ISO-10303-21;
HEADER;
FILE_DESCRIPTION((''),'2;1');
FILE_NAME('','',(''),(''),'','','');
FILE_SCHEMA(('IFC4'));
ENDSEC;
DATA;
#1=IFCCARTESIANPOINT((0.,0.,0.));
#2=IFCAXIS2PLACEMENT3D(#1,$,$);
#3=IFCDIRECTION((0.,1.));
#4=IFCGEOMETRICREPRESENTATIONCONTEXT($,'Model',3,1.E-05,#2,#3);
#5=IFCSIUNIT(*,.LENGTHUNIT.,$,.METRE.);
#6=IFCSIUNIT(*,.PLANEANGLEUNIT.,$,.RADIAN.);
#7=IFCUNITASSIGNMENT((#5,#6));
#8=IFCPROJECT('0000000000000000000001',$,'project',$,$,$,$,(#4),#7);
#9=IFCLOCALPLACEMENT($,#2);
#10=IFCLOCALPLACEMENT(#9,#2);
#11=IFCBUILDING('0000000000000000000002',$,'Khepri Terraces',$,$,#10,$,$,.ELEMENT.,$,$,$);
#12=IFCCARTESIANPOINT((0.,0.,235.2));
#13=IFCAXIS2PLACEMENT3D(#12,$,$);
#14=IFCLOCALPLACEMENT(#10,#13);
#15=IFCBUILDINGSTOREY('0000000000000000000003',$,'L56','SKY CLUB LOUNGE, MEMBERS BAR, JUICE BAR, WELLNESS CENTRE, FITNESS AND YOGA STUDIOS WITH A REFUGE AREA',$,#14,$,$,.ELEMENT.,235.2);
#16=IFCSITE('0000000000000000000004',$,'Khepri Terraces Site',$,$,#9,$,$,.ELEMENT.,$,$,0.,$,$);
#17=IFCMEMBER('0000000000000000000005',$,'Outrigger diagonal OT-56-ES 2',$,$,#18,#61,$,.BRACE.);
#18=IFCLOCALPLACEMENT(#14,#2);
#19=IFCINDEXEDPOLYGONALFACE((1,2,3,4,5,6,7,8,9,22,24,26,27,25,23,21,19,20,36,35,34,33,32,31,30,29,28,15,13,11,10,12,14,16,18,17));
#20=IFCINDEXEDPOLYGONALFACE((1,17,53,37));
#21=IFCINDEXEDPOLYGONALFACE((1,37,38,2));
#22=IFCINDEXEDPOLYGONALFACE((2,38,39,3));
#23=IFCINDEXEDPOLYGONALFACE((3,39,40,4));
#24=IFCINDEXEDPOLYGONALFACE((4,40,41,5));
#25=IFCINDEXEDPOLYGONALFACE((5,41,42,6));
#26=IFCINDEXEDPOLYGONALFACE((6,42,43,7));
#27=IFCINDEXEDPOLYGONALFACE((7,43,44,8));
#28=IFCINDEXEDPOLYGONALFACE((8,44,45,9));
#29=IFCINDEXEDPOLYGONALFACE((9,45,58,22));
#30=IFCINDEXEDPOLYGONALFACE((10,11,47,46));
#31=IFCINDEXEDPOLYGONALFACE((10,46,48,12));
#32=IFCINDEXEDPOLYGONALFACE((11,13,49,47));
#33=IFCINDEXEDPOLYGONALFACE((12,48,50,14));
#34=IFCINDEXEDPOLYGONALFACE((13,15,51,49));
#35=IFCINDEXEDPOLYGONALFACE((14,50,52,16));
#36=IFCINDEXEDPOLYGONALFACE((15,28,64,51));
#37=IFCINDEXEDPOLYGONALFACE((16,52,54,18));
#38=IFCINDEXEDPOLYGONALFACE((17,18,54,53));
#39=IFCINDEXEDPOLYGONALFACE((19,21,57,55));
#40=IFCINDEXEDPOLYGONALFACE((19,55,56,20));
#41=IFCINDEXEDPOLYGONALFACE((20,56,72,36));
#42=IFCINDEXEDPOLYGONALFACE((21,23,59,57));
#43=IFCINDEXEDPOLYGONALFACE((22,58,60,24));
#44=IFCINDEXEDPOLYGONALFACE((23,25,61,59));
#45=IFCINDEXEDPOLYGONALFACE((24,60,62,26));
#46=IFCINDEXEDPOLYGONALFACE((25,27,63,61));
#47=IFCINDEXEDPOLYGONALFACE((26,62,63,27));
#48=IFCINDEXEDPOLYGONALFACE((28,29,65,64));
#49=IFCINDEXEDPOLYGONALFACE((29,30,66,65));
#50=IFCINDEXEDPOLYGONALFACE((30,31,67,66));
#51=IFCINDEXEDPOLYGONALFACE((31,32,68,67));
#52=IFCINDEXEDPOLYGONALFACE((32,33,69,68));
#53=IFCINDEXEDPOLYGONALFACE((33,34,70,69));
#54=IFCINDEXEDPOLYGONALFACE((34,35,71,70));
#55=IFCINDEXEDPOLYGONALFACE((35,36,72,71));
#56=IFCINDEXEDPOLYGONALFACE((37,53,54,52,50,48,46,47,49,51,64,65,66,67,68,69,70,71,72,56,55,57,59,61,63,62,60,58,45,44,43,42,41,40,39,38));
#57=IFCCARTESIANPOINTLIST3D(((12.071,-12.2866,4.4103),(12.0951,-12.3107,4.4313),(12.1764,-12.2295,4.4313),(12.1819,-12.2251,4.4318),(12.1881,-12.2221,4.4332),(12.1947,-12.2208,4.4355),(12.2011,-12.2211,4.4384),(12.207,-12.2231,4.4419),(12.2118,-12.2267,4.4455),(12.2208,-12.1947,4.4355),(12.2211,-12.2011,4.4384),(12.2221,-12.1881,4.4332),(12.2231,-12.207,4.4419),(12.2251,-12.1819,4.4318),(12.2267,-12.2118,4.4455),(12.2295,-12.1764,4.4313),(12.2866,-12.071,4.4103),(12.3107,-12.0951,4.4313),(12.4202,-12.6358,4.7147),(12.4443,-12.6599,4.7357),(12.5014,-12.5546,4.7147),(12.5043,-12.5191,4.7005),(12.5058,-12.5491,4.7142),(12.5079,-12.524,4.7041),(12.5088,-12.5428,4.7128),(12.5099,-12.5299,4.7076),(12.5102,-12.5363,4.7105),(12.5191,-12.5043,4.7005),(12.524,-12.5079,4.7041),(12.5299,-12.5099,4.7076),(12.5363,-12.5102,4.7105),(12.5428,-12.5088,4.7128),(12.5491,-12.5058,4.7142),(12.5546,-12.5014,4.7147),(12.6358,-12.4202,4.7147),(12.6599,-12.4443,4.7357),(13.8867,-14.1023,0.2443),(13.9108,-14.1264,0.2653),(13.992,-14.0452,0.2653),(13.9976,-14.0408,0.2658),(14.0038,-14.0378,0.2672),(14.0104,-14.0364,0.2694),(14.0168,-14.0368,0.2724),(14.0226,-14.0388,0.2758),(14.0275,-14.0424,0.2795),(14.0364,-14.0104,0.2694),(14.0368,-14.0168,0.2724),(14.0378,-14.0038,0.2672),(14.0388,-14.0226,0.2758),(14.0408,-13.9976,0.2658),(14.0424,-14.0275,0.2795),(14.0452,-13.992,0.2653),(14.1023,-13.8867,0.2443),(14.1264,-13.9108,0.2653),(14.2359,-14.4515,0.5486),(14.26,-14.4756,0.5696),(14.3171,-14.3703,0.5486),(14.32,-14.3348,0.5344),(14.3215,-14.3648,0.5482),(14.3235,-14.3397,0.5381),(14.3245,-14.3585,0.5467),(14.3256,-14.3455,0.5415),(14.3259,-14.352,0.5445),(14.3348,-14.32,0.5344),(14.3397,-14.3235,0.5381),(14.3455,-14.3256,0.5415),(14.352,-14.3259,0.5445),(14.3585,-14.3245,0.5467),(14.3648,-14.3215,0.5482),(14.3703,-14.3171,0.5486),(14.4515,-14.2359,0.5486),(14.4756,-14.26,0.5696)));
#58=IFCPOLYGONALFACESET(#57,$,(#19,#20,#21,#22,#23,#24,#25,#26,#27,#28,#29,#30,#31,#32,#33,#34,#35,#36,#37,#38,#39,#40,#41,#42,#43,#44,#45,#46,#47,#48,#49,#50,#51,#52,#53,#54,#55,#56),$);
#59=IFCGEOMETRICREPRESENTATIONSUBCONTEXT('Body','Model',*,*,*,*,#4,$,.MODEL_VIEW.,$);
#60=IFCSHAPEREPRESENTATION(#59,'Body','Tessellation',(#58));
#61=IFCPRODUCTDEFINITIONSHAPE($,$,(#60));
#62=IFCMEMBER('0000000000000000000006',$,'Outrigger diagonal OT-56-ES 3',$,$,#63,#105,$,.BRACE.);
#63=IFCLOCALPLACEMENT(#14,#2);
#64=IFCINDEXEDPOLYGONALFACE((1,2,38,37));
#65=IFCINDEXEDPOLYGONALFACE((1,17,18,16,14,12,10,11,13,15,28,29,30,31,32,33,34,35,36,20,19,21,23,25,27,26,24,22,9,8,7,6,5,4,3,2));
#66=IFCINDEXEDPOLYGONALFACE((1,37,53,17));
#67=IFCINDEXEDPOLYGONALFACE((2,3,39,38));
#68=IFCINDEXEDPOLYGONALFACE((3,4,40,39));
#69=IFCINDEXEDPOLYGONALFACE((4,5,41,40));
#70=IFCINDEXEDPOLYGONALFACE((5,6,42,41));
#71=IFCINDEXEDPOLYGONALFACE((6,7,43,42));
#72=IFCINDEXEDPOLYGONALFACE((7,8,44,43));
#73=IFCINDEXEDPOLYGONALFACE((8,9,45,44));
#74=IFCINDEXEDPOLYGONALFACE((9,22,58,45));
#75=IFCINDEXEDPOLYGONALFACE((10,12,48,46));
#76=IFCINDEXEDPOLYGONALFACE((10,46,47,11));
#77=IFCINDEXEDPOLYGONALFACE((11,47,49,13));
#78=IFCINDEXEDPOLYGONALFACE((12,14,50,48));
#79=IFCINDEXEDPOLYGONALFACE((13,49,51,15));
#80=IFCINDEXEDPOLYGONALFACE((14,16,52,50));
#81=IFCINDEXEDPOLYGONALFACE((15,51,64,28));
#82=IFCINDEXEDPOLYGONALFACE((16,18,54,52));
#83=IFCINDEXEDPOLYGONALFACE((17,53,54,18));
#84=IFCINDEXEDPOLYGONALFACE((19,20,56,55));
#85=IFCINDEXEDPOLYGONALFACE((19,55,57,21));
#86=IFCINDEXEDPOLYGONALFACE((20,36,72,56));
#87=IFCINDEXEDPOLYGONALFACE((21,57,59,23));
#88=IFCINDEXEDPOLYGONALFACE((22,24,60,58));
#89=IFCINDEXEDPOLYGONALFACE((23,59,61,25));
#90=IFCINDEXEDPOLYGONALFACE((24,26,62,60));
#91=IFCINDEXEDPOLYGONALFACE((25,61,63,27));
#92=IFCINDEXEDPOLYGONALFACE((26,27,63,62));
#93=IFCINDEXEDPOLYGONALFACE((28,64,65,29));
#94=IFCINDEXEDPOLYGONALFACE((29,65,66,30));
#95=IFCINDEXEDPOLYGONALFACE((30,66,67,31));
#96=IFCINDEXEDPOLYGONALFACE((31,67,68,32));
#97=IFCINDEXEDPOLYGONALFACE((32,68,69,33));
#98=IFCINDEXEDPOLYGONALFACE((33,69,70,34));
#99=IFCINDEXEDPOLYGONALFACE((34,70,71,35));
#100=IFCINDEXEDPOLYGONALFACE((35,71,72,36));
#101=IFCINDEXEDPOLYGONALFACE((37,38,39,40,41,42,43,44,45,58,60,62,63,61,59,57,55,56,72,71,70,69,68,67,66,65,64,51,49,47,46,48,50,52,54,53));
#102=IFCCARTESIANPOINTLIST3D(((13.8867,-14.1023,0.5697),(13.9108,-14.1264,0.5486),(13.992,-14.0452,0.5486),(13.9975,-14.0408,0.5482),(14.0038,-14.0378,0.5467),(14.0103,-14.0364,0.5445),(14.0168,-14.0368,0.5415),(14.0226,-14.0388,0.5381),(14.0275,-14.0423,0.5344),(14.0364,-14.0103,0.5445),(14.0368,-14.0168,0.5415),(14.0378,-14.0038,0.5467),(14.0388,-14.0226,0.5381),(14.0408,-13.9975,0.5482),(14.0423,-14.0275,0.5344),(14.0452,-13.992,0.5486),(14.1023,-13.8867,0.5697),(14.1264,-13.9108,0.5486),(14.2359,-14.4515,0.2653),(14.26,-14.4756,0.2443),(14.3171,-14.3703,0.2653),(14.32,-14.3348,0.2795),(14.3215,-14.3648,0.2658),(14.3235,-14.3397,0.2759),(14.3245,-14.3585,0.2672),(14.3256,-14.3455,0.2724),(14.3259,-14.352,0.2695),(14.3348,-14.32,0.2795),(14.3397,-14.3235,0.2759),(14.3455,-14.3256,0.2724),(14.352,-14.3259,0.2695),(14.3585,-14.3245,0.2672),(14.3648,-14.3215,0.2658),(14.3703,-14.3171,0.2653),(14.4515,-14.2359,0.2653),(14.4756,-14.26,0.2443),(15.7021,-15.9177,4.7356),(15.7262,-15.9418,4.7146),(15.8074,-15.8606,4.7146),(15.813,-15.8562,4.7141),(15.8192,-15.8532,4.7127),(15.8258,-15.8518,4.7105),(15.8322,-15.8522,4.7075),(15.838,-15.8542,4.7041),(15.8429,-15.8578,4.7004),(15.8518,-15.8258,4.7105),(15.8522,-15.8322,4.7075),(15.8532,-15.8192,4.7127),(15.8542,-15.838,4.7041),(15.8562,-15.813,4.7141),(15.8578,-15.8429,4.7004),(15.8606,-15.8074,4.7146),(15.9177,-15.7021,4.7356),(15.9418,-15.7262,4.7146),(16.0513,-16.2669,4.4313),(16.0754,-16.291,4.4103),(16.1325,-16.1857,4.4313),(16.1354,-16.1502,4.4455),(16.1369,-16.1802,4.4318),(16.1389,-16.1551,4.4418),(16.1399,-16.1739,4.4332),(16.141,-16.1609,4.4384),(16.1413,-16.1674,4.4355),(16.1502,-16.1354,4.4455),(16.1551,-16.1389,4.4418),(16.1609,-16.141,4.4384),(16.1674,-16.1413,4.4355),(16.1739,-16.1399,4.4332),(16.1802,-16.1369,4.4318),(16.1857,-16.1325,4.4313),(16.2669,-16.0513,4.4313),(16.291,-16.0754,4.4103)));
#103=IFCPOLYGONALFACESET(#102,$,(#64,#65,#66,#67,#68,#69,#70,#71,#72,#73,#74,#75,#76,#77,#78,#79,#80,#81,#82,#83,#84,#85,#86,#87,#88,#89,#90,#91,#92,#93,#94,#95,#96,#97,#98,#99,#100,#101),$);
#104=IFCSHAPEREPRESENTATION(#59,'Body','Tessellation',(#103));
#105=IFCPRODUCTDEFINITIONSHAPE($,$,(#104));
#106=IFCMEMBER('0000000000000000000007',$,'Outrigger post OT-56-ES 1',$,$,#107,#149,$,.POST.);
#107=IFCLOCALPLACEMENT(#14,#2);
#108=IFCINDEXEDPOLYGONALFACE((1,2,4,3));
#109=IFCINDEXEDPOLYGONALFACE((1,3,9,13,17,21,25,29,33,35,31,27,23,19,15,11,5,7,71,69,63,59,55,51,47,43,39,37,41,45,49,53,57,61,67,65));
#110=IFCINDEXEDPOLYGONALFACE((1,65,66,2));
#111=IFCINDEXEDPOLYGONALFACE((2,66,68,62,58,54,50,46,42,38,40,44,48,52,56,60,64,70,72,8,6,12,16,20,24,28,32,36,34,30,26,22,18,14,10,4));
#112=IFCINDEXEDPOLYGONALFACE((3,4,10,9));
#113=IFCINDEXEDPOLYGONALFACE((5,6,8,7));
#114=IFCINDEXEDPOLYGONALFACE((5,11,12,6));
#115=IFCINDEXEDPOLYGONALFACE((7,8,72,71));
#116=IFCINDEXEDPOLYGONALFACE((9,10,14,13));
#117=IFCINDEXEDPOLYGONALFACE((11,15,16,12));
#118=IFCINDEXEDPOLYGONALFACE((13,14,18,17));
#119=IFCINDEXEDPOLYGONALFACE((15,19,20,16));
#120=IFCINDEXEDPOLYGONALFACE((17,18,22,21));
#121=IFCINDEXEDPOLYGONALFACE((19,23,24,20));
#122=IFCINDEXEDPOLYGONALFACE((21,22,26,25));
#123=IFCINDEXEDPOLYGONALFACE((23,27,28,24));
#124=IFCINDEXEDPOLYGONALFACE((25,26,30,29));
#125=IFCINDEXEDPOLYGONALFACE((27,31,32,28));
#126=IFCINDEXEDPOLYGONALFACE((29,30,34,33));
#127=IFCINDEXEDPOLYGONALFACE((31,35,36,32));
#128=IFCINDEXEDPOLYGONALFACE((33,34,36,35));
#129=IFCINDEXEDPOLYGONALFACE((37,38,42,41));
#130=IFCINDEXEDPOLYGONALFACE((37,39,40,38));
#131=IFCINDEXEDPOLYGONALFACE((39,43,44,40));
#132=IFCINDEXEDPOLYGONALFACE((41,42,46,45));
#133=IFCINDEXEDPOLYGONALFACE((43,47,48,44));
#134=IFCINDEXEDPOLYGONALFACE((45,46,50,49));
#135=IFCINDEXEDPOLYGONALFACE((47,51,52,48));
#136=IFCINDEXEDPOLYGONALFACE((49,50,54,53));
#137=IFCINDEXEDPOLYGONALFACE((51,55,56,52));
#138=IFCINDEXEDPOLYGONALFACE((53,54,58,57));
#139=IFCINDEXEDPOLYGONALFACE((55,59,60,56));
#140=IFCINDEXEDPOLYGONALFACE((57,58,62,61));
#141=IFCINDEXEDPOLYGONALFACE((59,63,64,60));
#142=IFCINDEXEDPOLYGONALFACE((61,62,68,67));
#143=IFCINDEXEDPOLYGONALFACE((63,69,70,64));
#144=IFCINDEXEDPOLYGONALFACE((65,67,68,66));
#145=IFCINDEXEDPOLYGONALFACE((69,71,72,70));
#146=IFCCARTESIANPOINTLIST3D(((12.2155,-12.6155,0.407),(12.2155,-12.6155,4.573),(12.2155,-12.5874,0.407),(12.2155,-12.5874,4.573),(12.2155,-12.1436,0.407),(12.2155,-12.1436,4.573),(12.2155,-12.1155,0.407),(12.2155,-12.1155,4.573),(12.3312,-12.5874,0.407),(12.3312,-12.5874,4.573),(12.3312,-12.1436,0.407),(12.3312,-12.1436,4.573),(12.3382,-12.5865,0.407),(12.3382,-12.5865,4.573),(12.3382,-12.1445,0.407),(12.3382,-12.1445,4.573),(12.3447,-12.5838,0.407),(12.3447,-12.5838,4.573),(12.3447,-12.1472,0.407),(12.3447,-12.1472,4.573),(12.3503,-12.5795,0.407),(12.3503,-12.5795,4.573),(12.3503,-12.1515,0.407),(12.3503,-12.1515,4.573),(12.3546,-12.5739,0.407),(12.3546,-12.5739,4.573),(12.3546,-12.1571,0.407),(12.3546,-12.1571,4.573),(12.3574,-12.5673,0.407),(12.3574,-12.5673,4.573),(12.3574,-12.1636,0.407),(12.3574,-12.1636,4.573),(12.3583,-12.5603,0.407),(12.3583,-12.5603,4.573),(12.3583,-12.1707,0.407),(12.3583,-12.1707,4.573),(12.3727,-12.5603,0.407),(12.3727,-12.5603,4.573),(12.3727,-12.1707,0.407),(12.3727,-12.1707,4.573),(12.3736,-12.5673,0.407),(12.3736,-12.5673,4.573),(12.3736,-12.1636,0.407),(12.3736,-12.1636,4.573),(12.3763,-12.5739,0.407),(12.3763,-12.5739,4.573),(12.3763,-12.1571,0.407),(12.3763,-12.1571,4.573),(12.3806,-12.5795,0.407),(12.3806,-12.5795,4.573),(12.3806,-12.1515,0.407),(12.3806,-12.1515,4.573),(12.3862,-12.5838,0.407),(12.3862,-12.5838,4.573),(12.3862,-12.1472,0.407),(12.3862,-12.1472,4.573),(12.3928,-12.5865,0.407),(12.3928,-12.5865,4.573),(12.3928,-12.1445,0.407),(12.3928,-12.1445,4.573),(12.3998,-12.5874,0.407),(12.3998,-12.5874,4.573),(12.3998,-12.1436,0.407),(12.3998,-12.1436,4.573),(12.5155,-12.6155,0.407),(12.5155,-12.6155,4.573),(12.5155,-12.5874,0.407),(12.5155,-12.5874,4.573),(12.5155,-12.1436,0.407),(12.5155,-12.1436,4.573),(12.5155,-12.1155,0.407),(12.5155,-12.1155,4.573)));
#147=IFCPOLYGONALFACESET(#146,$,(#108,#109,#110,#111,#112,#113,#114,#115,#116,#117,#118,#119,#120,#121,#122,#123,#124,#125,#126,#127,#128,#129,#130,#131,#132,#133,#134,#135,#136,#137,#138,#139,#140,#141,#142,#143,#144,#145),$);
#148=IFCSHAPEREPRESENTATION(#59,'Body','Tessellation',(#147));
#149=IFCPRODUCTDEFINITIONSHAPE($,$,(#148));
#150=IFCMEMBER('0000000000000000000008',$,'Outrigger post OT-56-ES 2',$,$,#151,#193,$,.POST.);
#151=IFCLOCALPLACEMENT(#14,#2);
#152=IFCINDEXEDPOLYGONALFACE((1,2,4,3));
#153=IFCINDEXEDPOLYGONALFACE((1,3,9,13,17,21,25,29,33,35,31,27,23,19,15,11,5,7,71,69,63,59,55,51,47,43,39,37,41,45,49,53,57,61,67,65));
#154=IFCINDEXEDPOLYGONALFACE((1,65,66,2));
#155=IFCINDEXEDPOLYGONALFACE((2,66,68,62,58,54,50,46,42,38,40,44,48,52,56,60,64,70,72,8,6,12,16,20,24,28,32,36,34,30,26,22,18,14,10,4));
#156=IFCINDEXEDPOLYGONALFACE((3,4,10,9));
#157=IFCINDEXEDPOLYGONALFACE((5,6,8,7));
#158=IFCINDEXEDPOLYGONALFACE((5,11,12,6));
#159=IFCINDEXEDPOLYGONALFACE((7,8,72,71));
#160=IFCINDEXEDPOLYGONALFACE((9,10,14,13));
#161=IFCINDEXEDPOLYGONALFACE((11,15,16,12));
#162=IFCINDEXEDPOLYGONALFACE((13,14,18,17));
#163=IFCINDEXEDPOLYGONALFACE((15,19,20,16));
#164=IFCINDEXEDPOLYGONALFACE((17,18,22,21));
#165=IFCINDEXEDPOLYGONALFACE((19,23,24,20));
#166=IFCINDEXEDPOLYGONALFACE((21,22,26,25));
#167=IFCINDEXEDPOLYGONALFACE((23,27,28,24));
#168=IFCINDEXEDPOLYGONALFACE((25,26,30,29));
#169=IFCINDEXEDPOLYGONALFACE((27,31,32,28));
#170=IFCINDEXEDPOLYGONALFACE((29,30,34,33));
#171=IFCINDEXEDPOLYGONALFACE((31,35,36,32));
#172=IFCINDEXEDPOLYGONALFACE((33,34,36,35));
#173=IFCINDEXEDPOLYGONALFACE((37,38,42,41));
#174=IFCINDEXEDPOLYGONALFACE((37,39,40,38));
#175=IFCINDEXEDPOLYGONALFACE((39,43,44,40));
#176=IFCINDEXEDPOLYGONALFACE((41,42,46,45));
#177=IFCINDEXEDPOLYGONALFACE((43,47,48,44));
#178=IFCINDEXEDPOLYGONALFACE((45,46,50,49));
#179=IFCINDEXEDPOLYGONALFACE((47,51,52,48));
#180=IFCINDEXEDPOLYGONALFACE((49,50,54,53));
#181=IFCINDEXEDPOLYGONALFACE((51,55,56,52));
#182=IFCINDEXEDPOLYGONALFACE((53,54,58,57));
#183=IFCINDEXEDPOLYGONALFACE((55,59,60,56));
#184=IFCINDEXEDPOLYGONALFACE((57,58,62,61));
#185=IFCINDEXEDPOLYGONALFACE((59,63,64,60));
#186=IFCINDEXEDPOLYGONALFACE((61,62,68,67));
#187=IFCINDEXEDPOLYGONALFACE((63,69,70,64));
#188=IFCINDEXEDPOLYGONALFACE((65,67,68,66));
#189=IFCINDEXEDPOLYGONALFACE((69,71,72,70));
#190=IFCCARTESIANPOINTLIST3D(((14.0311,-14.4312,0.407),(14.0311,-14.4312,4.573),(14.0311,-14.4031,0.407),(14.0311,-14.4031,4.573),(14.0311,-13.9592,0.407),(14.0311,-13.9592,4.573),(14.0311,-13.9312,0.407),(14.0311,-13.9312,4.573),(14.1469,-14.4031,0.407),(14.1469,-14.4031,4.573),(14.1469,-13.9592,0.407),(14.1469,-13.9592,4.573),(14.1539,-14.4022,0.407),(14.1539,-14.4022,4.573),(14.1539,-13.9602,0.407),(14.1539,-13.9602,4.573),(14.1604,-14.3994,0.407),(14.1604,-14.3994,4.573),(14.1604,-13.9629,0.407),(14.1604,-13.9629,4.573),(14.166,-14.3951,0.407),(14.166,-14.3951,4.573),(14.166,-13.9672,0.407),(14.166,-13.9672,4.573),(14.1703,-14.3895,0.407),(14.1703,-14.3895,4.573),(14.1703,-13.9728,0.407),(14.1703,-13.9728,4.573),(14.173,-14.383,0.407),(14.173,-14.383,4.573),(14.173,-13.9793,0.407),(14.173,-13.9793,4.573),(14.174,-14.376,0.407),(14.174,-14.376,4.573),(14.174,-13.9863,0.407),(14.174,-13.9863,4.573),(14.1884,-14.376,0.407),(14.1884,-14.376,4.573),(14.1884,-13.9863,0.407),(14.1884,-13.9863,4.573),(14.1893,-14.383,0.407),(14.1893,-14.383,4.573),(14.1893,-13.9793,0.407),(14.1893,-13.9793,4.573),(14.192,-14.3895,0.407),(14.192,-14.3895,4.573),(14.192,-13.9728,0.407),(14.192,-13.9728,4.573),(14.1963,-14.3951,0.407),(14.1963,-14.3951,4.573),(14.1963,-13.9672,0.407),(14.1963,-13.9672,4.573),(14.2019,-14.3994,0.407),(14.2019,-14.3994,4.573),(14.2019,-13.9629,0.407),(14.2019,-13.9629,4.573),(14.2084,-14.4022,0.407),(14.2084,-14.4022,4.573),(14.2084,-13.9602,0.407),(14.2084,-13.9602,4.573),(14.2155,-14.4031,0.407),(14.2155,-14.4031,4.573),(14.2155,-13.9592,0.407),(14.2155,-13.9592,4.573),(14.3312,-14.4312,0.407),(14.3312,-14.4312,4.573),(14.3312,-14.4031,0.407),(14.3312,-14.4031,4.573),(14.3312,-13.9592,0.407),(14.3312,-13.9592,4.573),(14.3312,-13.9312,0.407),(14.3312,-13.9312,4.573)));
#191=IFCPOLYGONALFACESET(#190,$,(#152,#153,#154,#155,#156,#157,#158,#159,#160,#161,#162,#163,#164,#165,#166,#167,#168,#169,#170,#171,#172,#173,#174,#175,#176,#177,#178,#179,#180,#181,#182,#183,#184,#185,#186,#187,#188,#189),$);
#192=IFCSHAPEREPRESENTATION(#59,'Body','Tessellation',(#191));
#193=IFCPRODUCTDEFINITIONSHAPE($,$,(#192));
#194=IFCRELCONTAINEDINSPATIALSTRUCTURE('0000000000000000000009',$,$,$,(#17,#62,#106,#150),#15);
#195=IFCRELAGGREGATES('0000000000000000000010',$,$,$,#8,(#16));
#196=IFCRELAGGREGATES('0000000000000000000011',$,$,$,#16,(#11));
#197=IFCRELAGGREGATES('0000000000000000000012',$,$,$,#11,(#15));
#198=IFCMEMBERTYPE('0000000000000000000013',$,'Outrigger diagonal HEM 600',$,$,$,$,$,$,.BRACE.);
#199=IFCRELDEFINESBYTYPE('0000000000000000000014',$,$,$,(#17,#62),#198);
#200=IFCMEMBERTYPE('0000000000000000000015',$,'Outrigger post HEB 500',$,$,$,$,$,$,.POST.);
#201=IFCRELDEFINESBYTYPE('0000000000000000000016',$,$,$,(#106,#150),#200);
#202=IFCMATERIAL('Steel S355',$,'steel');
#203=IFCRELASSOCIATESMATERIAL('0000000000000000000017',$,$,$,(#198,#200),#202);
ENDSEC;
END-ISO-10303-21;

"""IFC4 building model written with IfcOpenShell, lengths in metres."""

from ifc_helpers import new_model, si_unit, direction, frame, origin, origin_2d, place, context, subcontext, project, spatial, i_section, extrude, material, material_profile, profile_set, type_object, element, save


model = new_model("IFC4")

# Units and contexts
model_context = context("Model", 3, precision=1e-05, world=origin(), true_north=direction((0.0, 1.0)))
body_context = subcontext(model_context, "Body", "Model", "MODEL_VIEW")
ifc_project = project(units=[si_unit("LENGTHUNIT", "METRE"), si_unit("PLANEANGLEUNIT", "RADIAN")], contexts=[model_context])

# Site, building, storey
site_placement = place(None, origin())
site = spatial("IfcSite", under=ifc_project, at=site_placement, Name="Khepri Terraces Site", CompositionType="ELEMENT", RefElevation=0.0)
building_placement = place(site_placement, origin())
building = spatial("IfcBuilding", under=site, at=building_placement, Name="Khepri Terraces", CompositionType="ELEMENT")
storey_placement = place(building_placement, frame((0.0, 0.0, 235.2)))
storey = spatial("IfcBuildingStorey", under=building, at=storey_placement, Name="L56", Description="SKY CLUB LOUNGE, MEMBERS BAR, JUICE BAR, WELLNESS CENTRE, FITNESS AND YOGA STUDIOS WITH A REFUGE AREA", CompositionType="ELEMENT", Elevation=235.2)

# Members
ifc_material_1 = material(Name="Steel S355", Category="steel")
ifc_material_profile_1 = material_profile(ifc_material_1, i_section(OverallWidth=0.3049, OverallDepth=0.6201, WebThickness=0.021, FlangeThickness=0.04, FilletRadius=0.0271, at=origin_2d()), Name="Steel S355", Category="steel")
ifc_profile_set_1 = profile_set([ifc_material_profile_1], Name="Steel S355")
member_type_1 = type_object("IfcMemberType", Name="Outrigger diagonal HEM 600", PredefinedType="BRACE", material=ifc_profile_set_1)
member_1_placement = place(storey_placement, frame((12.3655, -12.3655, 4.573), z_axis=(0.371017, -0.371017, -0.851289), x_axis=(0.707107, 0.707107, 0.0)))
element("IfcMember", 1, at=member_1_placement, inside=storey, type_object=member_type_1, Name="Outrigger diagonal OT-56-ES 2", PredefinedType="BRACE", context=body_context, shape_type="SweptSolid", body=[
    extrude(i_section(OverallWidth=0.3049, OverallDepth=0.6201, WebThickness=0.021, FlangeThickness=0.04, FilletRadius=0.0271, at=origin_2d()), origin(), (0.0, 0.0, 1.0), 4.8938),
])
member_2_placement = place(storey_placement, frame((14.1812, -14.1812, 0.407), z_axis=(0.370981, -0.370981, 0.85132), x_axis=(0.707107, 0.707107, 0.0)))
element("IfcMember", 2, at=member_2_placement, inside=storey, type_object=member_type_1, Name="Outrigger diagonal OT-56-ES 3", PredefinedType="BRACE", context=body_context, shape_type="SweptSolid", body=[
    extrude(i_section(OverallWidth=0.3049, OverallDepth=0.6201, WebThickness=0.021, FlangeThickness=0.04, FilletRadius=0.0271, at=origin_2d()), origin(), (0.0, 0.0, 1.0), 4.8936),
])
ifc_material_profile_2 = material_profile(ifc_material_1, i_section(OverallWidth=0.3, OverallDepth=0.5, WebThickness=0.0144, FlangeThickness=0.0281, FilletRadius=0.0271, at=origin_2d()), Name="Steel S355", Category="steel")
ifc_profile_set_2 = profile_set([ifc_material_profile_2], Name="Steel S355")
member_type_2 = type_object("IfcMemberType", Name="Outrigger post HEB 500", PredefinedType="POST", material=ifc_profile_set_2)
for number, where, z_axis, x_axis, name in (
    (3, (12.3655, -12.3655, 0.407), (0.0, 0.0, 1.0), (1.0, 0.0, 0.0), "Outrigger post OT-56-ES 1"),
    (4, (14.1812, -14.1812, 0.407), (0.0, 0.0, 1.0), (1.0, 0.0, 0.0), "Outrigger post OT-56-ES 2"),
):
    element("IfcMember", number, at=place(storey_placement, frame(where, z_axis=z_axis, x_axis=x_axis)), inside=storey, type_object=member_type_2, Name=name, PredefinedType="POST", context=body_context, shape_type="SweptSolid", body=[
        extrude(i_section(OverallWidth=0.3, OverallDepth=0.5, WebThickness=0.0144, FlangeThickness=0.0281, FilletRadius=0.0271, at=origin_2d()), origin(), (0.0, 0.0, 1.0), 4.166),
    ])

save(model, "model.ifc")
